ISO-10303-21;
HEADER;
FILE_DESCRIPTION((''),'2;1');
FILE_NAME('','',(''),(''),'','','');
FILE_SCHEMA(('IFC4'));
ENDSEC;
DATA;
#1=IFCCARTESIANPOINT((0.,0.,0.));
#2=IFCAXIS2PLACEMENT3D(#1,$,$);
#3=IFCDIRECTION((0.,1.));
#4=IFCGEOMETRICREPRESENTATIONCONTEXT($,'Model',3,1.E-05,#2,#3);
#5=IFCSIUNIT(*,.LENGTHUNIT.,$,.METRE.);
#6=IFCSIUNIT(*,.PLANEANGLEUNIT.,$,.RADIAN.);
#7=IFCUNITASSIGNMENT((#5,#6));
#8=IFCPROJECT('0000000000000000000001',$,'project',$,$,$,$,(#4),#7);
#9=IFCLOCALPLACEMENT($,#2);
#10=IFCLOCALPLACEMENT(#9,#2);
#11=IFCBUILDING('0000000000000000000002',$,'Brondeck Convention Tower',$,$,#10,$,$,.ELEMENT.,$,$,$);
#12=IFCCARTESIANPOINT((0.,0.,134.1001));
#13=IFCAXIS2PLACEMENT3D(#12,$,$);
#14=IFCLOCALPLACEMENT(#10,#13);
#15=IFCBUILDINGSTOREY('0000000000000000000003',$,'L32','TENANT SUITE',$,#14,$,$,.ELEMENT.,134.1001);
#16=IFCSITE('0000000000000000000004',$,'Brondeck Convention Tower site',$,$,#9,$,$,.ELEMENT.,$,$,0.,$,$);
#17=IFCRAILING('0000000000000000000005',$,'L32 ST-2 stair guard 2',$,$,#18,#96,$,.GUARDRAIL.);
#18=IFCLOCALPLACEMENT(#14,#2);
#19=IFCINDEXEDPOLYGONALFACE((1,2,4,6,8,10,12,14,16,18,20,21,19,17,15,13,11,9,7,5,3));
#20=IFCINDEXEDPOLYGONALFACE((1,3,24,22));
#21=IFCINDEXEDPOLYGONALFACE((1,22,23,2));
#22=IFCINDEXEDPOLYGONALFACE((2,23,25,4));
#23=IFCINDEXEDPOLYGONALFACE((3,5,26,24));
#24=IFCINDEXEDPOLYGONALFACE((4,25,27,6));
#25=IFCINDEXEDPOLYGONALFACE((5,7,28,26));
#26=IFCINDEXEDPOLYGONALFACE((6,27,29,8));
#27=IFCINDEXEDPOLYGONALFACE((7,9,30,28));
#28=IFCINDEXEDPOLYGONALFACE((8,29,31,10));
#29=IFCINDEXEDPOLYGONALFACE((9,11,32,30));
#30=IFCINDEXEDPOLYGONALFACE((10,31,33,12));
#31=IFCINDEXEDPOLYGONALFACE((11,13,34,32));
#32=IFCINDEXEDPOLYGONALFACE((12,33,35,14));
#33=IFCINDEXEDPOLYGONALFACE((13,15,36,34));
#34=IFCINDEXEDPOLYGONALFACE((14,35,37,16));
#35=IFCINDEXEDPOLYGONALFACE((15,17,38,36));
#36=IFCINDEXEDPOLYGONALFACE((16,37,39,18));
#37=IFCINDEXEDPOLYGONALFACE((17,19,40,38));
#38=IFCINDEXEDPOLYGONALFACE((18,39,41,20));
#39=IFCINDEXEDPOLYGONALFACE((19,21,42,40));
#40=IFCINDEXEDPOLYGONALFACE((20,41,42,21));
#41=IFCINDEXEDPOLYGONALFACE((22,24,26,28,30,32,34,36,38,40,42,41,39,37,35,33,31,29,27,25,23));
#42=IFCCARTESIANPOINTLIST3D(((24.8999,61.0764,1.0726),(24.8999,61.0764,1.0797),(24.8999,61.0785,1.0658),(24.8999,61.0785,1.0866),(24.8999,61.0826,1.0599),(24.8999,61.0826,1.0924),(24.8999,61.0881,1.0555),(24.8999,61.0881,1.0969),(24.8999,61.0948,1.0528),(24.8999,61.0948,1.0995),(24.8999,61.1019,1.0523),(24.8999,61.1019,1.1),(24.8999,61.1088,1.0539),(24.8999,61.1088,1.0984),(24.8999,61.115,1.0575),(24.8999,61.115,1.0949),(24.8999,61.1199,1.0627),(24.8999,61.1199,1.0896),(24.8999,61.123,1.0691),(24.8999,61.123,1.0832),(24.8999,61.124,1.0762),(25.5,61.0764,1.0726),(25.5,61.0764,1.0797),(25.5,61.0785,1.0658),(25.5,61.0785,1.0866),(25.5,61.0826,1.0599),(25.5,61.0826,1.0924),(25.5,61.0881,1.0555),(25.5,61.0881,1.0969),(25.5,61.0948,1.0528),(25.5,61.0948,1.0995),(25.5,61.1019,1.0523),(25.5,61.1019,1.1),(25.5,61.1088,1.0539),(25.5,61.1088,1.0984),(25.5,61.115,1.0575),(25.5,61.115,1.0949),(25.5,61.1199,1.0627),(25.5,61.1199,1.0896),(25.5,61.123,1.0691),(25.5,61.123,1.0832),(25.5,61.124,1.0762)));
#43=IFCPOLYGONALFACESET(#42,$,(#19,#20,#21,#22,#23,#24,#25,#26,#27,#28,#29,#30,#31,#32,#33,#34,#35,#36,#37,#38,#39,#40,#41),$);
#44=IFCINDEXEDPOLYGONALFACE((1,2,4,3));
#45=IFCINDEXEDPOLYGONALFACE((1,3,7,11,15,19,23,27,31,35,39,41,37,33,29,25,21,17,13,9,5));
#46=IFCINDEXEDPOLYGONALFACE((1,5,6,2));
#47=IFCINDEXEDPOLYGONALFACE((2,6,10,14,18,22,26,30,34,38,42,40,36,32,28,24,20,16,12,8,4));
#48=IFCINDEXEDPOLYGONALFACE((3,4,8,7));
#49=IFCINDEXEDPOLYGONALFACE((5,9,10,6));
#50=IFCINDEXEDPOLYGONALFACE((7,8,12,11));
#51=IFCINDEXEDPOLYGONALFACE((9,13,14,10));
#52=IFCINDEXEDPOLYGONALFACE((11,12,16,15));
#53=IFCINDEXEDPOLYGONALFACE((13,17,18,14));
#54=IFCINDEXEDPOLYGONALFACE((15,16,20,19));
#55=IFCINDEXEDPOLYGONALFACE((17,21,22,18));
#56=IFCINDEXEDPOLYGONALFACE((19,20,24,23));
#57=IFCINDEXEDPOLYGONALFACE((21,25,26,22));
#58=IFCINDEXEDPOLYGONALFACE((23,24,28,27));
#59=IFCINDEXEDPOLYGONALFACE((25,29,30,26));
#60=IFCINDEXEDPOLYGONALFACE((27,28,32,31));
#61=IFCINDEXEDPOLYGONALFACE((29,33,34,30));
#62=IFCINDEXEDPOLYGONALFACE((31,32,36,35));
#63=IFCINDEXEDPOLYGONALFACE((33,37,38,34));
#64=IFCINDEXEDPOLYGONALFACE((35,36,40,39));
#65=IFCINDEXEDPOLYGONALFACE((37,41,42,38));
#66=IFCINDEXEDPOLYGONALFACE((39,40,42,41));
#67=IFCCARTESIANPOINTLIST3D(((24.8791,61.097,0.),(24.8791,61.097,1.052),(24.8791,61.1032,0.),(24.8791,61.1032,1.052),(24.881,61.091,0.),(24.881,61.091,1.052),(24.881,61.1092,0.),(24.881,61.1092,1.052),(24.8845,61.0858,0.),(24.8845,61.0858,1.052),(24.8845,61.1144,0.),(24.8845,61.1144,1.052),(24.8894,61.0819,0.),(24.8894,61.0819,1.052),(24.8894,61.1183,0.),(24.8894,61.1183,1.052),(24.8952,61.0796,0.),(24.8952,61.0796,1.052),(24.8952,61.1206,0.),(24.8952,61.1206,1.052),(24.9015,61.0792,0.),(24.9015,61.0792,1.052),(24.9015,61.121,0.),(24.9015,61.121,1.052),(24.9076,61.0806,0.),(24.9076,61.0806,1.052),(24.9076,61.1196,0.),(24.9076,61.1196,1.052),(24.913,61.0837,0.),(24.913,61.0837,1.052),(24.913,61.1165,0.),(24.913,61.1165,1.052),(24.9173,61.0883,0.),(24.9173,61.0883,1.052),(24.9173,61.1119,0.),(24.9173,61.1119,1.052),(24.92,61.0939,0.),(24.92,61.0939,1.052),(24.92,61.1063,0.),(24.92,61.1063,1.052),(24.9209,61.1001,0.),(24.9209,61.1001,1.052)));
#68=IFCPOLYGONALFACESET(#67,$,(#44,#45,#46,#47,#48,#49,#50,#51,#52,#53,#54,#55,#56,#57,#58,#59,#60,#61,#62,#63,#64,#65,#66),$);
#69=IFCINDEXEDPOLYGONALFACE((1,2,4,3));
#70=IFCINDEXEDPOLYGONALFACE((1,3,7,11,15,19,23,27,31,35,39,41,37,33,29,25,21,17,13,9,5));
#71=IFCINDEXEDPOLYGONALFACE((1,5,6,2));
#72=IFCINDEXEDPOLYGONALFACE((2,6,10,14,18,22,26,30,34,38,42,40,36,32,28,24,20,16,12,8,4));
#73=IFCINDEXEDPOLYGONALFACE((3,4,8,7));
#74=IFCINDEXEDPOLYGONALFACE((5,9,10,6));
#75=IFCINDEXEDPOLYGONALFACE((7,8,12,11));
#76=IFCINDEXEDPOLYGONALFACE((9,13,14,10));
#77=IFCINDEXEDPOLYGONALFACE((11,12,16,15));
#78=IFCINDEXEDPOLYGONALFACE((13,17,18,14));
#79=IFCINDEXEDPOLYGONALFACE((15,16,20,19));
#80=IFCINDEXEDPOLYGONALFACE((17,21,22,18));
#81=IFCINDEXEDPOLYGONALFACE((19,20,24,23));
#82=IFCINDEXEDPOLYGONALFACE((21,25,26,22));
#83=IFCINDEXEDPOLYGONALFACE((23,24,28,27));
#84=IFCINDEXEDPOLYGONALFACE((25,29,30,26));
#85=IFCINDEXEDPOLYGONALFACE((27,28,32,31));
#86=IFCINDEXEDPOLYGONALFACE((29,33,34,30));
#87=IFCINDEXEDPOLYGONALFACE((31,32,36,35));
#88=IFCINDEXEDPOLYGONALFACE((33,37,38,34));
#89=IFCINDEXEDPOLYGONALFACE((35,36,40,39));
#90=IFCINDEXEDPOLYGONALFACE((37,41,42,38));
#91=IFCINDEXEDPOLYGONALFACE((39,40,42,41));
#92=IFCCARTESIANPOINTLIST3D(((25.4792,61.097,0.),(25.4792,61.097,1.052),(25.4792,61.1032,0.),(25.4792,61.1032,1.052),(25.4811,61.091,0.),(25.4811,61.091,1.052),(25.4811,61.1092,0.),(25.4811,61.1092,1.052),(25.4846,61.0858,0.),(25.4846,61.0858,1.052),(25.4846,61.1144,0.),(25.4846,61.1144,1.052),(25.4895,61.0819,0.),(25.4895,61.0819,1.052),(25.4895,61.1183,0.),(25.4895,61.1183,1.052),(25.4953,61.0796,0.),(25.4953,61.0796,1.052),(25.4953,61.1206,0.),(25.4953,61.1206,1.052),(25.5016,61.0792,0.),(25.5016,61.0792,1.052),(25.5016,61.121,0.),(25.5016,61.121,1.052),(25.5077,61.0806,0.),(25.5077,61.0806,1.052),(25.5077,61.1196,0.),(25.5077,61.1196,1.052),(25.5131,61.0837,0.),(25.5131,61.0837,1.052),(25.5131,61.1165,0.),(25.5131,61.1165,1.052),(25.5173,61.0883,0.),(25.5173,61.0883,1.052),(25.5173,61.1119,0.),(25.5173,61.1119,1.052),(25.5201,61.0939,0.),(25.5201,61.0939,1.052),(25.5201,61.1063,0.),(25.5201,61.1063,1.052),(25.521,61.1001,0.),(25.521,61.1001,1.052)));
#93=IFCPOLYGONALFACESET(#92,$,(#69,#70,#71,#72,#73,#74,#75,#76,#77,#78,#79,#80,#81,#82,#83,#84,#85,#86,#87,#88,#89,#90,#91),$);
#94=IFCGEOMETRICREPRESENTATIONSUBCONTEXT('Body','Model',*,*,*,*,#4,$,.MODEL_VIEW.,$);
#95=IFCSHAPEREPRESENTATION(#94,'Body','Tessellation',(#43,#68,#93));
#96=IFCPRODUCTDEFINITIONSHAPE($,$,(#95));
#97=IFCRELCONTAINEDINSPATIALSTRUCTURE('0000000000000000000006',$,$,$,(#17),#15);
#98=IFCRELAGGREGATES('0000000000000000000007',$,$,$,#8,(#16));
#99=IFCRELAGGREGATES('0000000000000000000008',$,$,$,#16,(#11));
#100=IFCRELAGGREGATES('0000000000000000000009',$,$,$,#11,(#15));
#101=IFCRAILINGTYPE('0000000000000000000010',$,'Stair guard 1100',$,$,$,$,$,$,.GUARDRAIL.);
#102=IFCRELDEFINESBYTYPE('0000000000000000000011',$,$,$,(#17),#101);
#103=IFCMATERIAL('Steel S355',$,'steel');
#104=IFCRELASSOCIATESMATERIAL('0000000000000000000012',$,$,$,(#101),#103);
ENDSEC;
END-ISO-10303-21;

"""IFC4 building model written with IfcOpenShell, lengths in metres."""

from ifc_helpers import new_model, si_unit, direction, frame, origin, origin_2d, place, context, subcontext, project, spatial, circle, extrude, material, type_object, element, save


model = new_model("IFC4")

# Units and contexts
model_context = context("Model", 3, precision=1e-05, world=origin(), true_north=direction((0.0, 1.0)))
body_context = subcontext(model_context, "Body", "Model", "MODEL_VIEW")
ifc_project = project(units=[si_unit("LENGTHUNIT", "METRE"), si_unit("PLANEANGLEUNIT", "RADIAN")], contexts=[model_context])

# Site, building, storey
site_placement = place(None, origin())
site = spatial("IfcSite", under=ifc_project, at=site_placement, Name="Brondeck Convention Tower site", CompositionType="ELEMENT", RefElevation=0.0)
building_placement = place(site_placement, origin())
building = spatial("IfcBuilding", under=site, at=building_placement, Name="Brondeck Convention Tower", CompositionType="ELEMENT")
storey_placement = place(building_placement, frame((0.0, 0.0, 134.1001)))
storey = spatial("IfcBuildingStorey", under=building, at=storey_placement, Name="L32", Description="TENANT SUITE", CompositionType="ELEMENT", Elevation=134.1001)

# Shared definitions
ifc_material_1 = material(Name="Steel S355", Category="steel")

# Railing
railing_type_1 = type_object("IfcRailingType", Name="Stair guard 1100", PredefinedType="GUARDRAIL", material=ifc_material_1)
railing_1_placement = place(storey_placement, frame((24.8999, 61.1001, 0.0)))
element("IfcRailing", 1, at=railing_1_placement, inside=storey, type_object=railing_type_1, Name="L32 ST-2 stair guard 2", PredefinedType="GUARDRAIL", context=body_context, shape_type="SweptSolid", body=[
    extrude(circle(Radius=0.0239, at=origin_2d()), frame((0.0, 0.0, 1.0762), z_axis=(1.0, 0.0, 0.0), x_axis=(0.0, 1.0, 0.0)), (0.0, 0.0, 1.0), 0.6001),
    extrude(circle(Radius=0.021, at=origin_2d()), origin(), (0.0, 0.0, 1.0), 1.052),
    extrude(circle(Radius=0.021, at=origin_2d()), frame((0.6001, 0.0, 0.0)), (0.0, 0.0, 1.0), 1.052),
])

save(model, "model.ifc")
